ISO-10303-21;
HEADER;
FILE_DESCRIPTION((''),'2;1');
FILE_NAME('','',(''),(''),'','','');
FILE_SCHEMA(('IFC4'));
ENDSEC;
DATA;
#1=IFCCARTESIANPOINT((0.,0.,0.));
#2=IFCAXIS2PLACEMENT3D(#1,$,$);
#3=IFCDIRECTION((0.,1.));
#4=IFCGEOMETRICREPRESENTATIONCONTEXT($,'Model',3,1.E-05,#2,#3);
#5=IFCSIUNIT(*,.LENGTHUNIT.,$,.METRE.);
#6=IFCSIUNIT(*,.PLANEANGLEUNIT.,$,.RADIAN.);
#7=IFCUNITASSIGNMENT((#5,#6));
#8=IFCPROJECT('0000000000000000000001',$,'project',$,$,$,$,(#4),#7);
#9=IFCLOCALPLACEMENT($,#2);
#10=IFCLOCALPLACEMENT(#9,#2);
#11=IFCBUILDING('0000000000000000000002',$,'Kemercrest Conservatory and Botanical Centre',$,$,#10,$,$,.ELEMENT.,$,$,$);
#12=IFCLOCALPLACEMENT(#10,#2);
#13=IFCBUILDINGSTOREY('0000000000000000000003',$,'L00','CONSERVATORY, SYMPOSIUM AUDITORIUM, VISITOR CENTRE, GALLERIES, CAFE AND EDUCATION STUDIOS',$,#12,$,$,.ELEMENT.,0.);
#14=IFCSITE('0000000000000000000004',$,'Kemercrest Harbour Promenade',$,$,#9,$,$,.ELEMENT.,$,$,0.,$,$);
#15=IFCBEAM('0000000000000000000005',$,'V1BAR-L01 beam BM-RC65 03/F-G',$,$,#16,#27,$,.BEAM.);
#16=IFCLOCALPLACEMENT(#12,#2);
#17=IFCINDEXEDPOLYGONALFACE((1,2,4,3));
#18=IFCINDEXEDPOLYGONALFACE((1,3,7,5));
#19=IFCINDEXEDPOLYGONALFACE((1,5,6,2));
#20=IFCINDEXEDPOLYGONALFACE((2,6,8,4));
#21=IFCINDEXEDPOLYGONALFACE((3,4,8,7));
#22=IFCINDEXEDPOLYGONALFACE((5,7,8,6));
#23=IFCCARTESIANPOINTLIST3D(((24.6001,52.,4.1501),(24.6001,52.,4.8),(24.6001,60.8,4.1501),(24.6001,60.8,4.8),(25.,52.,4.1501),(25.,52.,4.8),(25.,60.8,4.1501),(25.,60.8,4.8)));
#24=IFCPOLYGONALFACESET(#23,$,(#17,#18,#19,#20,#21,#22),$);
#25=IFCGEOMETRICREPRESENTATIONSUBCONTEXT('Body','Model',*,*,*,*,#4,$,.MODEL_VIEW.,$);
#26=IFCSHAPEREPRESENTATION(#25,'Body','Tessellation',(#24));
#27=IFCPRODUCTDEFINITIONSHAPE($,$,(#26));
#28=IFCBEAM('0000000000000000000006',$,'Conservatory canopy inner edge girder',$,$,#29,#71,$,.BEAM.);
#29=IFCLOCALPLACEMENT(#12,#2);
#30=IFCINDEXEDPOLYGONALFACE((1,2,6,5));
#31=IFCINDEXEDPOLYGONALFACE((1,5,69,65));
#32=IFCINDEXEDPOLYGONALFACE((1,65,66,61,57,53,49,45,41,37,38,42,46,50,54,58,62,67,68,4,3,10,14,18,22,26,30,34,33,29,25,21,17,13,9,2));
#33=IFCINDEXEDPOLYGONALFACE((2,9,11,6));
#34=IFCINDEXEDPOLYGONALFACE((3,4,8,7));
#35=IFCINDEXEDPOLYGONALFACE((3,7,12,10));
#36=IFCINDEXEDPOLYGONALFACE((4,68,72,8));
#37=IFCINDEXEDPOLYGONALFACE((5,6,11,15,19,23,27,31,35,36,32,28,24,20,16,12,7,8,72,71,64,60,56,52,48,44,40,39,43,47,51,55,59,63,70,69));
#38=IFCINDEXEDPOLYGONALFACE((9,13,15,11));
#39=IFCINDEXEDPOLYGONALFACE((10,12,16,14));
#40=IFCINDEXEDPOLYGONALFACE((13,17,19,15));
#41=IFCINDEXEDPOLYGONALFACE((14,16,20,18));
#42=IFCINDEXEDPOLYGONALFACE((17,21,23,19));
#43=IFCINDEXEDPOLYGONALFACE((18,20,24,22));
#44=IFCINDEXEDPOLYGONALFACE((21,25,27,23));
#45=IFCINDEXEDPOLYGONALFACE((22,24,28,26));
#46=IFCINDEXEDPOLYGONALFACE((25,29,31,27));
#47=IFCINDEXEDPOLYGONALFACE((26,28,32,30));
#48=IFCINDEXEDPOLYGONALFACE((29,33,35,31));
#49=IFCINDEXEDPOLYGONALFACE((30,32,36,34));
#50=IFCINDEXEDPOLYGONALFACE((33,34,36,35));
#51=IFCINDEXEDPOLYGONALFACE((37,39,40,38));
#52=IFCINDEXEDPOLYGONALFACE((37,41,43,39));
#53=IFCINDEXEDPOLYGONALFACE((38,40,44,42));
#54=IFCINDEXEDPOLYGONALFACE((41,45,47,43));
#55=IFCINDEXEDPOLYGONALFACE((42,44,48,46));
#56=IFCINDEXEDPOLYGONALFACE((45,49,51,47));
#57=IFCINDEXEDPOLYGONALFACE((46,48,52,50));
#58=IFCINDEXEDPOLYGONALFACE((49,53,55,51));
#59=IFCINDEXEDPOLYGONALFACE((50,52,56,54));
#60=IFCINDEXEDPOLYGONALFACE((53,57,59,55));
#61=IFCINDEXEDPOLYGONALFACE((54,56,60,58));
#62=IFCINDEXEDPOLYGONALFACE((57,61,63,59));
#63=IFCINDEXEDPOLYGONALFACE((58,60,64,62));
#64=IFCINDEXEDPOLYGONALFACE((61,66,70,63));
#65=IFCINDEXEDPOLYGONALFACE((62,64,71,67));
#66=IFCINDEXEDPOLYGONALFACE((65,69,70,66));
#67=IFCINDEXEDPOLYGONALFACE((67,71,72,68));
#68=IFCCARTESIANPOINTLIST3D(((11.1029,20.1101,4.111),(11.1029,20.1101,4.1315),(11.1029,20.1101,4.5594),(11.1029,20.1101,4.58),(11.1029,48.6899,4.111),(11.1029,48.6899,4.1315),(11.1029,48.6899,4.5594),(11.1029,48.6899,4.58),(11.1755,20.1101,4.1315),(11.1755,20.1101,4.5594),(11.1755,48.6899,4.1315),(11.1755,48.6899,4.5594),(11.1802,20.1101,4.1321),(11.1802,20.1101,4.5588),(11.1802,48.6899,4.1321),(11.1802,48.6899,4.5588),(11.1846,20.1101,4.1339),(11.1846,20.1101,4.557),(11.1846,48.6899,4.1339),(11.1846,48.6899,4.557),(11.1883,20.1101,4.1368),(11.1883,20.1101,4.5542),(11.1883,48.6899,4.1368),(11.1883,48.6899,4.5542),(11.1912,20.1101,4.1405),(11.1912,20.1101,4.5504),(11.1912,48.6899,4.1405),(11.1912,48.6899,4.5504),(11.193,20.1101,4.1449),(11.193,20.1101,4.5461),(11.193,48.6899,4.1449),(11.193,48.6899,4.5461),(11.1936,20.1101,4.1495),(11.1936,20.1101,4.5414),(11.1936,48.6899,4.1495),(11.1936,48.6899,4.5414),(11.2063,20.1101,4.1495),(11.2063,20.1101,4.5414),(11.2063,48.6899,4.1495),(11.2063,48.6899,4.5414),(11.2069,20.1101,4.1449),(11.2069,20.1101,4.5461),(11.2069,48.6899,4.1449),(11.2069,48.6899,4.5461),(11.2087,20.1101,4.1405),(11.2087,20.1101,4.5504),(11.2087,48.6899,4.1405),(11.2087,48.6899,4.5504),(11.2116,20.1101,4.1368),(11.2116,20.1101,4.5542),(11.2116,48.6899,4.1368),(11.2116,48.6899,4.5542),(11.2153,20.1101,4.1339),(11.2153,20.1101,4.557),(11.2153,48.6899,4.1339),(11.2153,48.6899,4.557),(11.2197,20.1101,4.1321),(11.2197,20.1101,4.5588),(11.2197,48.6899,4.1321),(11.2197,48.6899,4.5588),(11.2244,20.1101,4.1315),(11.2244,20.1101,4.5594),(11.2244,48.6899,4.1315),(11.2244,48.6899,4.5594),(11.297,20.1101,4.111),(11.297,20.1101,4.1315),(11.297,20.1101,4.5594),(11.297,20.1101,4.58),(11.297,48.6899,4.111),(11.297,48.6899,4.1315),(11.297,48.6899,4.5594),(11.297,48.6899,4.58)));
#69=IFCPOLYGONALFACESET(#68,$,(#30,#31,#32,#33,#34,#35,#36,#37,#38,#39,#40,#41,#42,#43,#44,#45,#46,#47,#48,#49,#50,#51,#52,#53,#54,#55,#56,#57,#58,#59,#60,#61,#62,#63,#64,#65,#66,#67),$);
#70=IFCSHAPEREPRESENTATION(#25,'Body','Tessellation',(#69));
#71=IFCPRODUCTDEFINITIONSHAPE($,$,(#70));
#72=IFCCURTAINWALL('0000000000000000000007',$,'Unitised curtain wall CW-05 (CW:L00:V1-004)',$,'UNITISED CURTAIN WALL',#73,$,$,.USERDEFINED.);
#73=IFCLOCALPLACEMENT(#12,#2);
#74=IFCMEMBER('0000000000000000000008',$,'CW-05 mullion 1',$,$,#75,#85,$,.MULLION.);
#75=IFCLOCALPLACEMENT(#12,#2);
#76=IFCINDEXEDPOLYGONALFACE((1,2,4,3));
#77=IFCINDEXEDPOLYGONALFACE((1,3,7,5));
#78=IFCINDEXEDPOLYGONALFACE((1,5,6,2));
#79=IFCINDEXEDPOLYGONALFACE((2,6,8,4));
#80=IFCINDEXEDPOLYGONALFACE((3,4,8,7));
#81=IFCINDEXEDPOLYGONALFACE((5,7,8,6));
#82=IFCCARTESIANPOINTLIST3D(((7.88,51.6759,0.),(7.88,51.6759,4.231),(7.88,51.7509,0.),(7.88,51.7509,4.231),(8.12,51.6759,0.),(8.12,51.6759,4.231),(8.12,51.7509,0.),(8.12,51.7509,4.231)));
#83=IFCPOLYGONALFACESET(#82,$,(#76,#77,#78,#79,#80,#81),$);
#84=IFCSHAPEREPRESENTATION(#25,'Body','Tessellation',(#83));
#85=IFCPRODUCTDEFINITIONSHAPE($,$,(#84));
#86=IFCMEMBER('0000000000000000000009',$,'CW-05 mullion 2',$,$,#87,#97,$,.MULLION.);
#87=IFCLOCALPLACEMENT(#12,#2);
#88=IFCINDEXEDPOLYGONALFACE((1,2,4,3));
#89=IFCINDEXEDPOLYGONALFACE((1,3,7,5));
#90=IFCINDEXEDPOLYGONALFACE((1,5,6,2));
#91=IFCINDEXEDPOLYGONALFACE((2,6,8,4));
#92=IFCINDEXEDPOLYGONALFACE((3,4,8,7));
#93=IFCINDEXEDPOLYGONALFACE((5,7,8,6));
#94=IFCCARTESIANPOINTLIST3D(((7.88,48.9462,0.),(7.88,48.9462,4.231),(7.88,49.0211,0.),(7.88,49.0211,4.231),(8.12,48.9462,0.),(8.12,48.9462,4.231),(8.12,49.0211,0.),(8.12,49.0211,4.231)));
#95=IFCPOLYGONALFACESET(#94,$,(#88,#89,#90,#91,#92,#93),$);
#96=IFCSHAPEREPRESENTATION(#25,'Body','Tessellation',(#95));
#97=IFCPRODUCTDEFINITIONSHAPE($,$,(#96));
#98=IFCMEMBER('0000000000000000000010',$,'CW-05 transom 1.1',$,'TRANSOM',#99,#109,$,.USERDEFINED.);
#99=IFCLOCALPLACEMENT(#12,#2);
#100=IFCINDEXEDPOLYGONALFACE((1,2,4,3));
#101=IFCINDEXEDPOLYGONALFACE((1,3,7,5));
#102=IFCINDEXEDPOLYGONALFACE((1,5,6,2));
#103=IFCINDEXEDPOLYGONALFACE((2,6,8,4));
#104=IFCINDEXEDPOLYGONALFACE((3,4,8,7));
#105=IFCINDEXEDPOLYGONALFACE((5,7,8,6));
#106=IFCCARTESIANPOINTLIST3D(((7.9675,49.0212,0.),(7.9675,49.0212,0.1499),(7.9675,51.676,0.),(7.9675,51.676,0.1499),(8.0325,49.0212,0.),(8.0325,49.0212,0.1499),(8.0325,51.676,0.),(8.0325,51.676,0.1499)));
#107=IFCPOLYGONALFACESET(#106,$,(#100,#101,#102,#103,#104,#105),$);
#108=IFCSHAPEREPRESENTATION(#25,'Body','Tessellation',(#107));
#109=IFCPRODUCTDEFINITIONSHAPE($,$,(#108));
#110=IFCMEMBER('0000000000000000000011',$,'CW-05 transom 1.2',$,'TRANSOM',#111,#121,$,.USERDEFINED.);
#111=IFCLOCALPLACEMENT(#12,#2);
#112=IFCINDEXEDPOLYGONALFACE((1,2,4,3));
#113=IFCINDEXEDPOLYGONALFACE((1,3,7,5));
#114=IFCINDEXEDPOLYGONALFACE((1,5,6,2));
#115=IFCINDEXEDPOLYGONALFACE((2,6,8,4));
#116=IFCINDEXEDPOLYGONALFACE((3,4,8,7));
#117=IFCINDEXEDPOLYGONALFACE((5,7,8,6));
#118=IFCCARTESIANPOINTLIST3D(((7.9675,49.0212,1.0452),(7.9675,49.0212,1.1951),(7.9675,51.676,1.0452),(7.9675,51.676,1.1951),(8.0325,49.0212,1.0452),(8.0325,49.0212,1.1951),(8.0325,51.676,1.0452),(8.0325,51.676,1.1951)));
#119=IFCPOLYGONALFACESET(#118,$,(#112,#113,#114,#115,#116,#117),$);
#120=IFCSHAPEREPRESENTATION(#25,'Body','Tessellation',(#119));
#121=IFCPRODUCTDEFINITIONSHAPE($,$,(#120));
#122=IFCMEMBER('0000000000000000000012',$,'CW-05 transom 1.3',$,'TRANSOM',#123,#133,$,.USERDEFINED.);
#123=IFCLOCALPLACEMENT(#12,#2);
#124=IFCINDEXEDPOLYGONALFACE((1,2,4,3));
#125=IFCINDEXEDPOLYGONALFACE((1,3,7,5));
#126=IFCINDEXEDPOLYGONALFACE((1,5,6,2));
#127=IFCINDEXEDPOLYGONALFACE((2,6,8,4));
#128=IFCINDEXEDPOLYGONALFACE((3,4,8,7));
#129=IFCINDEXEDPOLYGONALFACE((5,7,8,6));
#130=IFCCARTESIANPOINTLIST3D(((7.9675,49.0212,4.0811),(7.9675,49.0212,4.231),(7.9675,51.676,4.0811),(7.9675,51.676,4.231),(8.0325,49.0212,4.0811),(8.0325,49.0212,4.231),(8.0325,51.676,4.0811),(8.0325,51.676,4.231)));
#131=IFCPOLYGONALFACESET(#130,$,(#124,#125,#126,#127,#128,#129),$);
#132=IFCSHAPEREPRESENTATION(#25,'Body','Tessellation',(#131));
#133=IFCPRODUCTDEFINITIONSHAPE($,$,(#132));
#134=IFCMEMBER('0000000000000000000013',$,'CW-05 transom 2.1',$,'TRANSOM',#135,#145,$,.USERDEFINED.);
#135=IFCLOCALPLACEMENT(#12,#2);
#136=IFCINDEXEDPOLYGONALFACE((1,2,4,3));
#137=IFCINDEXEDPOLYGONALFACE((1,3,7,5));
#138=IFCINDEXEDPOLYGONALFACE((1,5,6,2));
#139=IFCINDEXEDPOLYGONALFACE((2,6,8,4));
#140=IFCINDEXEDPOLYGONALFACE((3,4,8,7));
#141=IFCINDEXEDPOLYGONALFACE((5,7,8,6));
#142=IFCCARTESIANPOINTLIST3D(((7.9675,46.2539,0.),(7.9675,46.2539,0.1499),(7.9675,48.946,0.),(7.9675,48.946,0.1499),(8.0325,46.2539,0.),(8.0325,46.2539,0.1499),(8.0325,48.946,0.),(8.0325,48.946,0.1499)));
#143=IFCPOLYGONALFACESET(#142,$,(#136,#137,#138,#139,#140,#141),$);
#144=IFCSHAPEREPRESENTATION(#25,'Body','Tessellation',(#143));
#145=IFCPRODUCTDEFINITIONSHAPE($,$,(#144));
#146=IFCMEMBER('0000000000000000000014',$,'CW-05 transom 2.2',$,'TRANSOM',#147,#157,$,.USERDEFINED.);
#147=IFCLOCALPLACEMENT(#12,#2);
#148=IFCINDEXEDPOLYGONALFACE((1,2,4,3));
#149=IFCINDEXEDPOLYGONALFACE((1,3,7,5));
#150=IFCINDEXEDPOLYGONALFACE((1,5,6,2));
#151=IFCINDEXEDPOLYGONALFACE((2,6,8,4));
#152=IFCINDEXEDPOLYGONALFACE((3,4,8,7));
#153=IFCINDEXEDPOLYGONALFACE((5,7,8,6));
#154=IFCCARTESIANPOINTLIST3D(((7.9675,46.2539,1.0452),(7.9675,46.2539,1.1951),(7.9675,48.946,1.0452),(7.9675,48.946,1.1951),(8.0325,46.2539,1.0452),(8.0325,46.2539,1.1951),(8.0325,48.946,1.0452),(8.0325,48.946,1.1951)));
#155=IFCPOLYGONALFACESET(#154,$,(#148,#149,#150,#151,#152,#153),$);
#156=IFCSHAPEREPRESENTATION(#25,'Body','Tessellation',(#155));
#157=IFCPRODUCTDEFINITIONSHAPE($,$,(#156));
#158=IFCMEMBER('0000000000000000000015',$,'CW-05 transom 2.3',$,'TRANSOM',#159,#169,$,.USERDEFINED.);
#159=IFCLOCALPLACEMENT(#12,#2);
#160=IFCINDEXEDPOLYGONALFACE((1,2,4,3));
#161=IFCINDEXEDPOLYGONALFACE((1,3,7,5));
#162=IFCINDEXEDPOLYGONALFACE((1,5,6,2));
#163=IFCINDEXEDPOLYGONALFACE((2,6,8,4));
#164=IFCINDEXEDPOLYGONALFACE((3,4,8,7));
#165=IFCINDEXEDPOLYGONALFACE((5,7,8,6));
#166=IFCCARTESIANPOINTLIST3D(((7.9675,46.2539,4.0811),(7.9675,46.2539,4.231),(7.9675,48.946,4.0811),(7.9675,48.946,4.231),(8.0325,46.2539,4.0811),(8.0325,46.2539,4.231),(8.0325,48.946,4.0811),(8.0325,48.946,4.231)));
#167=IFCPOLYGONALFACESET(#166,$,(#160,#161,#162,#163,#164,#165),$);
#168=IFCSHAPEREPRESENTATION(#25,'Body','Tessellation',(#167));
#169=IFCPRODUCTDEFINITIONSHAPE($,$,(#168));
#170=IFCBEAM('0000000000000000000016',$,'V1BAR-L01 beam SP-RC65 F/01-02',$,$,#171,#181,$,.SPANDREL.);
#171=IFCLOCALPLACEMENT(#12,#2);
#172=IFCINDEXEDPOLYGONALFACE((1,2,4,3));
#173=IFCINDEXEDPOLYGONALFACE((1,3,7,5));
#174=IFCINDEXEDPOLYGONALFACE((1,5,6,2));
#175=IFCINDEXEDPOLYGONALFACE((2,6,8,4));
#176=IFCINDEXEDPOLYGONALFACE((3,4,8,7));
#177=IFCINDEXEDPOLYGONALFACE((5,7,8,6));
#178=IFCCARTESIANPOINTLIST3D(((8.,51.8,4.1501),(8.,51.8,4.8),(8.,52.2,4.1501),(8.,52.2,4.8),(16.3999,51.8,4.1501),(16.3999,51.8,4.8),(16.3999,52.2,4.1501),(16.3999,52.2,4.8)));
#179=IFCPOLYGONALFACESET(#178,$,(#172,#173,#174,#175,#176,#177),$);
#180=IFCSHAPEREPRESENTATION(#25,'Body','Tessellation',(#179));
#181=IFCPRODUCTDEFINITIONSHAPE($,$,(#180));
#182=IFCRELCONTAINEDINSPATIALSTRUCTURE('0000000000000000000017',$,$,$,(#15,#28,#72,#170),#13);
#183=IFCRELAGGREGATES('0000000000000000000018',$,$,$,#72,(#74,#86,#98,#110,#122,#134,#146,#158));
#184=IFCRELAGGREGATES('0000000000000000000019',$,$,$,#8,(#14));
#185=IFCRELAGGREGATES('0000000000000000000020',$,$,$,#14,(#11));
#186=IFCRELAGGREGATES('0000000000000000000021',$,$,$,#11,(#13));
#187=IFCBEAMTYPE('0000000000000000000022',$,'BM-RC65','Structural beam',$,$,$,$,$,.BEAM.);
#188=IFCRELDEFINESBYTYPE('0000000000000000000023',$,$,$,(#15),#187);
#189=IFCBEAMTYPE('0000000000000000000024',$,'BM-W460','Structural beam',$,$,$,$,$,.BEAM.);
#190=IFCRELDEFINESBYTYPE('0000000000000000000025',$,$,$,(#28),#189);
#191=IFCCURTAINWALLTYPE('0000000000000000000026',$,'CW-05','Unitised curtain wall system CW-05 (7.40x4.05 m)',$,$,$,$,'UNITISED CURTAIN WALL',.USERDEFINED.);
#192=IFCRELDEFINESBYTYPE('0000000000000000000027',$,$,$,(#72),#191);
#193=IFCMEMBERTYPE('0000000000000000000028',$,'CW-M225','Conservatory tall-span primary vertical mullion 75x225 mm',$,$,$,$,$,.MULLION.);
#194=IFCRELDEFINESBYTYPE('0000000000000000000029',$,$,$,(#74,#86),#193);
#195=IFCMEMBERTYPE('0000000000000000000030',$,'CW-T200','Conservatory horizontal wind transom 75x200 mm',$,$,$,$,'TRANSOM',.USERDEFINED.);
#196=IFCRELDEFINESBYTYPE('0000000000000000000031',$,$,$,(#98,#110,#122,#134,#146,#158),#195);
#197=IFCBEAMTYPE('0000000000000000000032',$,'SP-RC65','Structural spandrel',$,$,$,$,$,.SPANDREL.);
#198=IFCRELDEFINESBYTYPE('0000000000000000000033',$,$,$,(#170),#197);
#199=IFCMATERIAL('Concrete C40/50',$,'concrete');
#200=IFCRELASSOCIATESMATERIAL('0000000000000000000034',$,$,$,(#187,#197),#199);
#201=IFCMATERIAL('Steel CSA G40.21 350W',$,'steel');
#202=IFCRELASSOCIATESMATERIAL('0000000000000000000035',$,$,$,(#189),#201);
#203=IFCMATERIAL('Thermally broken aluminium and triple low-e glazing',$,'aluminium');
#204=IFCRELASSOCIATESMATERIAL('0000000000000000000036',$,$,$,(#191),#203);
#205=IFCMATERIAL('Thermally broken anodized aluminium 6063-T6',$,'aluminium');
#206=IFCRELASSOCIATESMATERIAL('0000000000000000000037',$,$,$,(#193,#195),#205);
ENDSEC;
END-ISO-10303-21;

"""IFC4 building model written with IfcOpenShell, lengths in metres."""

from ifc_helpers import new_model, si_unit, direction, frame, origin, origin_2d, place, context, subcontext, project, spatial, rectangle, i_section, extrude, material, material_profile, profile_set, type_object, element, aggregate, save


model = new_model("IFC4")

# Units and contexts
model_context = context("Model", 3, precision=1e-05, world=origin(), true_north=direction((0.0, 1.0)))
body_context = subcontext(model_context, "Body", "Model", "MODEL_VIEW")
ifc_project = project(units=[si_unit("LENGTHUNIT", "METRE"), si_unit("PLANEANGLEUNIT", "RADIAN")], contexts=[model_context])

# Site, building, storey
site_placement = place(None, origin())
site = spatial("IfcSite", under=ifc_project, at=site_placement, Name="Kemercrest Harbour Promenade", CompositionType="ELEMENT", RefElevation=0.0)
building_placement = place(site_placement, origin())
building = spatial("IfcBuilding", under=site, at=building_placement, Name="Kemercrest Conservatory and Botanical Centre", CompositionType="ELEMENT")
storey_placement = place(building_placement, origin())
storey = spatial("IfcBuildingStorey", under=building, at=storey_placement, Name="L00", Description="CONSERVATORY, SYMPOSIUM AUDITORIUM, VISITOR CENTRE, GALLERIES, CAFE AND EDUCATION STUDIOS", CompositionType="ELEMENT", Elevation=0.0)

# Shared definitions
ifc_material_1 = material(Name="Steel CSA G40.21 350W", Category="steel")

# Beams
ifc_material_2 = material(Name="Concrete C40/50", Category="concrete")
ifc_material_profile_1 = material_profile(ifc_material_2, rectangle(XDim=0.3999, YDim=0.6499, at=origin_2d()), Name="RC 400x650")
ifc_profile_set_1 = profile_set([ifc_material_profile_1], Name="Concrete C40/50")
beam_type_1 = type_object("IfcBeamType", Name="BM-RC65", Description="Structural beam", PredefinedType="BEAM", material=ifc_profile_set_1)
for number, where, z_axis, x_axis, name in (
    (1, (24.8, 52.0, 4.4751), (0.0, 1.0, 0.0), (-1.0, 0.0, 0.0), "V1BAR-L01 beam BM-RC65 03/F-G"),
):
    element("IfcBeam", number, at=place(storey_placement, frame(where, z_axis=z_axis, x_axis=x_axis)), inside=storey, type_object=beam_type_1, Name=name, PredefinedType="BEAM", context=body_context, shape_type="SweptSolid", body=[
        extrude(rectangle(XDim=0.3999, YDim=0.6499, at=origin_2d()), origin(), (0.0, 0.0, 1.0), 8.8),
    ])
ifc_material_profile_2 = material_profile(ifc_material_1, i_section(OverallWidth=0.1941, OverallDepth=0.469, WebThickness=0.0127, FlangeThickness=0.0205, FilletRadius=0.0181, at=origin_2d()), Name="W460X106")
ifc_profile_set_2 = profile_set([ifc_material_profile_2], Name="Steel CSA G40.21 350W")
beam_type_2 = type_object("IfcBeamType", Name="BM-W460", Description="Structural beam", PredefinedType="BEAM", material=ifc_profile_set_2)
beam_1_placement = place(storey_placement, frame((11.2, 48.6899, 4.3455), z_axis=(0.0, -1.0, 0.0), x_axis=(1.0, 0.0, 0.0)))
element("IfcBeam", 2, at=beam_1_placement, inside=storey, type_object=beam_type_2, Name="Conservatory canopy inner edge girder", PredefinedType="BEAM", context=body_context, shape_type="SweptSolid", body=[
    extrude(i_section(OverallWidth=0.1941, OverallDepth=0.469, WebThickness=0.0127, FlangeThickness=0.0205, FilletRadius=0.0181, at=origin_2d()), origin(), (0.0, 0.0, 1.0), 28.5798),
])

# Curtain wall, members
ifc_material_3 = material(Name="Thermally broken aluminium and triple low-e glazing", Category="aluminium")
curtain_wall_type = type_object("IfcCurtainWallType", Name="CW-05", Description="Unitised curtain wall system CW-05 (7.40x4.05 m)", ElementType="UNITISED CURTAIN WALL", PredefinedType="USERDEFINED", material=ifc_material_3)
curtain_wall_placement = place(storey_placement, origin())
curtain_wall = element("IfcCurtainWall", 3, at=curtain_wall_placement, inside=storey, type_object=curtain_wall_type, Name="Unitised curtain wall CW-05 (CW:L00:V1-004)", ObjectType="UNITISED CURTAIN WALL", PredefinedType="USERDEFINED")
ifc_material_4 = material(Name="Thermally broken anodized aluminium 6063-T6", Category="aluminium")
ifc_material_profile_3 = material_profile(ifc_material_4, rectangle(XDim=0.24, YDim=0.075, at=origin_2d()), Name="AL MULLION 75x240")
ifc_profile_set_3 = profile_set([ifc_material_profile_3], Name="Thermally broken anodized aluminium 6063-T6")
member_type_1 = type_object("IfcMemberType", Name="CW-M225", Description="Conservatory tall-span primary vertical mullion 75x225 mm", PredefinedType="MULLION", material=ifc_profile_set_3)
member_1_placement = place(storey_placement, frame((8.0, 51.7134, 0.0), z_axis=(0.0, 0.0, 1.0), x_axis=(1.0, 0.0, 0.0)))
member_1 = element("IfcMember", 4, at=member_1_placement, type_object=member_type_1, Name="CW-05 mullion 1", PredefinedType="MULLION", context=body_context, shape_type="SweptSolid", body=[
    extrude(rectangle(XDim=0.24, YDim=0.075, at=origin_2d()), origin(), (0.0, 0.0, 1.0), 4.231),
])
member_2_placement = place(storey_placement, frame((8.0, 48.9836, 0.0), z_axis=(0.0, 0.0, 1.0), x_axis=(1.0, 0.0, 0.0)))
member_2 = element("IfcMember", 5, at=member_2_placement, type_object=member_type_1, Name="CW-05 mullion 2", PredefinedType="MULLION", context=body_context, shape_type="SweptSolid", body=[
    extrude(rectangle(XDim=0.24, YDim=0.075, at=origin_2d()), origin(), (0.0, 0.0, 1.0), 4.231),
])
ifc_material_profile_4 = material_profile(ifc_material_4, rectangle(XDim=0.0649, YDim=0.1499, at=origin_2d()), Name="AL TRANSOM 65x150")
ifc_profile_set_4 = profile_set([ifc_material_profile_4], Name="Thermally broken anodized aluminium 6063-T6")
member_type_2 = type_object("IfcMemberType", Name="CW-T200", Description="Conservatory horizontal wind transom 75x200 mm", ElementType="TRANSOM", PredefinedType="USERDEFINED", material=ifc_profile_set_4)
member_3_placement = place(storey_placement, frame((8.0, 51.676, 0.075), z_axis=(0.0, -1.0, 0.0), x_axis=(1.0, 0.0, 0.0)))
member_3 = element("IfcMember", 6, at=member_3_placement, type_object=member_type_2, Name="CW-05 transom 1.1", ObjectType="TRANSOM", PredefinedType="USERDEFINED", context=body_context, shape_type="SweptSolid", body=[
    extrude(rectangle(XDim=0.0649, YDim=0.1499, at=origin_2d()), origin(), (0.0, 0.0, 1.0), 2.6548),
])
member_4_placement = place(storey_placement, frame((8.0, 51.676, 1.1201), z_axis=(0.0, -1.0, 0.0), x_axis=(1.0, 0.0, 0.0)))
member_4 = element("IfcMember", 7, at=member_4_placement, type_object=member_type_2, Name="CW-05 transom 1.2", ObjectType="TRANSOM", PredefinedType="USERDEFINED", context=body_context, shape_type="SweptSolid", body=[
    extrude(rectangle(XDim=0.0649, YDim=0.1499, at=origin_2d()), origin(), (0.0, 0.0, 1.0), 2.6548),
])
member_5_placement = place(storey_placement, frame((8.0, 51.676, 4.156), z_axis=(0.0, -1.0, 0.0), x_axis=(1.0, 0.0, 0.0)))
member_5 = element("IfcMember", 8, at=member_5_placement, type_object=member_type_2, Name="CW-05 transom 1.3", ObjectType="TRANSOM", PredefinedType="USERDEFINED", context=body_context, shape_type="SweptSolid", body=[
    extrude(rectangle(XDim=0.0649, YDim=0.1499, at=origin_2d()), origin(), (0.0, 0.0, 1.0), 2.6548),
])
member_6_placement = place(storey_placement, frame((8.0, 48.946, 0.075), z_axis=(0.0, -1.0, 0.0), x_axis=(1.0, 0.0, 0.0)))
member_6 = element("IfcMember", 9, at=member_6_placement, type_object=member_type_2, Name="CW-05 transom 2.1", ObjectType="TRANSOM", PredefinedType="USERDEFINED", context=body_context, shape_type="SweptSolid", body=[
    extrude(rectangle(XDim=0.0649, YDim=0.1499, at=origin_2d()), origin(), (0.0, 0.0, 1.0), 2.6921),
])
member_7_placement = place(storey_placement, frame((8.0, 48.946, 1.1201), z_axis=(0.0, -1.0, 0.0), x_axis=(1.0, 0.0, 0.0)))
member_7 = element("IfcMember", 10, at=member_7_placement, type_object=member_type_2, Name="CW-05 transom 2.2", ObjectType="TRANSOM", PredefinedType="USERDEFINED", context=body_context, shape_type="SweptSolid", body=[
    extrude(rectangle(XDim=0.0649, YDim=0.1499, at=origin_2d()), origin(), (0.0, 0.0, 1.0), 2.6921),
])
member_8_placement = place(storey_placement, frame((8.0, 48.946, 4.156), z_axis=(0.0, -1.0, 0.0), x_axis=(1.0, 0.0, 0.0)))
member_8 = element("IfcMember", 11, at=member_8_placement, type_object=member_type_2, Name="CW-05 transom 2.3", ObjectType="TRANSOM", PredefinedType="USERDEFINED", context=body_context, shape_type="SweptSolid", body=[
    extrude(rectangle(XDim=0.0649, YDim=0.1499, at=origin_2d()), origin(), (0.0, 0.0, 1.0), 2.6921),
])

# Beam
ifc_material_profile_5 = material_profile(ifc_material_2, rectangle(XDim=0.3999, YDim=0.6499, at=origin_2d()), Name="RC 400x650")
ifc_profile_set_5 = profile_set([ifc_material_profile_5], Name="Concrete C40/50")
beam_type_3 = type_object("IfcBeamType", Name="SP-RC65", Description="Structural spandrel", PredefinedType="SPANDREL", material=ifc_profile_set_5)
beam_2_placement = place(storey_placement, frame((8.0, 52.0, 4.4751), z_axis=(1.0, 0.0, 0.0), x_axis=(0.0, 1.0, 0.0)))
element("IfcBeam", 12, at=beam_2_placement, inside=storey, type_object=beam_type_3, Name="V1BAR-L01 beam SP-RC65 F/01-02", PredefinedType="SPANDREL", context=body_context, shape_type="SweptSolid", body=[
    extrude(rectangle(XDim=0.3999, YDim=0.6499, at=origin_2d()), origin(), (0.0, 0.0, 1.0), 8.3999),
])

aggregate(curtain_wall, [member_1, member_2, member_3, member_4, member_5, member_6, member_7, member_8])

save(model, "model.ifc")
